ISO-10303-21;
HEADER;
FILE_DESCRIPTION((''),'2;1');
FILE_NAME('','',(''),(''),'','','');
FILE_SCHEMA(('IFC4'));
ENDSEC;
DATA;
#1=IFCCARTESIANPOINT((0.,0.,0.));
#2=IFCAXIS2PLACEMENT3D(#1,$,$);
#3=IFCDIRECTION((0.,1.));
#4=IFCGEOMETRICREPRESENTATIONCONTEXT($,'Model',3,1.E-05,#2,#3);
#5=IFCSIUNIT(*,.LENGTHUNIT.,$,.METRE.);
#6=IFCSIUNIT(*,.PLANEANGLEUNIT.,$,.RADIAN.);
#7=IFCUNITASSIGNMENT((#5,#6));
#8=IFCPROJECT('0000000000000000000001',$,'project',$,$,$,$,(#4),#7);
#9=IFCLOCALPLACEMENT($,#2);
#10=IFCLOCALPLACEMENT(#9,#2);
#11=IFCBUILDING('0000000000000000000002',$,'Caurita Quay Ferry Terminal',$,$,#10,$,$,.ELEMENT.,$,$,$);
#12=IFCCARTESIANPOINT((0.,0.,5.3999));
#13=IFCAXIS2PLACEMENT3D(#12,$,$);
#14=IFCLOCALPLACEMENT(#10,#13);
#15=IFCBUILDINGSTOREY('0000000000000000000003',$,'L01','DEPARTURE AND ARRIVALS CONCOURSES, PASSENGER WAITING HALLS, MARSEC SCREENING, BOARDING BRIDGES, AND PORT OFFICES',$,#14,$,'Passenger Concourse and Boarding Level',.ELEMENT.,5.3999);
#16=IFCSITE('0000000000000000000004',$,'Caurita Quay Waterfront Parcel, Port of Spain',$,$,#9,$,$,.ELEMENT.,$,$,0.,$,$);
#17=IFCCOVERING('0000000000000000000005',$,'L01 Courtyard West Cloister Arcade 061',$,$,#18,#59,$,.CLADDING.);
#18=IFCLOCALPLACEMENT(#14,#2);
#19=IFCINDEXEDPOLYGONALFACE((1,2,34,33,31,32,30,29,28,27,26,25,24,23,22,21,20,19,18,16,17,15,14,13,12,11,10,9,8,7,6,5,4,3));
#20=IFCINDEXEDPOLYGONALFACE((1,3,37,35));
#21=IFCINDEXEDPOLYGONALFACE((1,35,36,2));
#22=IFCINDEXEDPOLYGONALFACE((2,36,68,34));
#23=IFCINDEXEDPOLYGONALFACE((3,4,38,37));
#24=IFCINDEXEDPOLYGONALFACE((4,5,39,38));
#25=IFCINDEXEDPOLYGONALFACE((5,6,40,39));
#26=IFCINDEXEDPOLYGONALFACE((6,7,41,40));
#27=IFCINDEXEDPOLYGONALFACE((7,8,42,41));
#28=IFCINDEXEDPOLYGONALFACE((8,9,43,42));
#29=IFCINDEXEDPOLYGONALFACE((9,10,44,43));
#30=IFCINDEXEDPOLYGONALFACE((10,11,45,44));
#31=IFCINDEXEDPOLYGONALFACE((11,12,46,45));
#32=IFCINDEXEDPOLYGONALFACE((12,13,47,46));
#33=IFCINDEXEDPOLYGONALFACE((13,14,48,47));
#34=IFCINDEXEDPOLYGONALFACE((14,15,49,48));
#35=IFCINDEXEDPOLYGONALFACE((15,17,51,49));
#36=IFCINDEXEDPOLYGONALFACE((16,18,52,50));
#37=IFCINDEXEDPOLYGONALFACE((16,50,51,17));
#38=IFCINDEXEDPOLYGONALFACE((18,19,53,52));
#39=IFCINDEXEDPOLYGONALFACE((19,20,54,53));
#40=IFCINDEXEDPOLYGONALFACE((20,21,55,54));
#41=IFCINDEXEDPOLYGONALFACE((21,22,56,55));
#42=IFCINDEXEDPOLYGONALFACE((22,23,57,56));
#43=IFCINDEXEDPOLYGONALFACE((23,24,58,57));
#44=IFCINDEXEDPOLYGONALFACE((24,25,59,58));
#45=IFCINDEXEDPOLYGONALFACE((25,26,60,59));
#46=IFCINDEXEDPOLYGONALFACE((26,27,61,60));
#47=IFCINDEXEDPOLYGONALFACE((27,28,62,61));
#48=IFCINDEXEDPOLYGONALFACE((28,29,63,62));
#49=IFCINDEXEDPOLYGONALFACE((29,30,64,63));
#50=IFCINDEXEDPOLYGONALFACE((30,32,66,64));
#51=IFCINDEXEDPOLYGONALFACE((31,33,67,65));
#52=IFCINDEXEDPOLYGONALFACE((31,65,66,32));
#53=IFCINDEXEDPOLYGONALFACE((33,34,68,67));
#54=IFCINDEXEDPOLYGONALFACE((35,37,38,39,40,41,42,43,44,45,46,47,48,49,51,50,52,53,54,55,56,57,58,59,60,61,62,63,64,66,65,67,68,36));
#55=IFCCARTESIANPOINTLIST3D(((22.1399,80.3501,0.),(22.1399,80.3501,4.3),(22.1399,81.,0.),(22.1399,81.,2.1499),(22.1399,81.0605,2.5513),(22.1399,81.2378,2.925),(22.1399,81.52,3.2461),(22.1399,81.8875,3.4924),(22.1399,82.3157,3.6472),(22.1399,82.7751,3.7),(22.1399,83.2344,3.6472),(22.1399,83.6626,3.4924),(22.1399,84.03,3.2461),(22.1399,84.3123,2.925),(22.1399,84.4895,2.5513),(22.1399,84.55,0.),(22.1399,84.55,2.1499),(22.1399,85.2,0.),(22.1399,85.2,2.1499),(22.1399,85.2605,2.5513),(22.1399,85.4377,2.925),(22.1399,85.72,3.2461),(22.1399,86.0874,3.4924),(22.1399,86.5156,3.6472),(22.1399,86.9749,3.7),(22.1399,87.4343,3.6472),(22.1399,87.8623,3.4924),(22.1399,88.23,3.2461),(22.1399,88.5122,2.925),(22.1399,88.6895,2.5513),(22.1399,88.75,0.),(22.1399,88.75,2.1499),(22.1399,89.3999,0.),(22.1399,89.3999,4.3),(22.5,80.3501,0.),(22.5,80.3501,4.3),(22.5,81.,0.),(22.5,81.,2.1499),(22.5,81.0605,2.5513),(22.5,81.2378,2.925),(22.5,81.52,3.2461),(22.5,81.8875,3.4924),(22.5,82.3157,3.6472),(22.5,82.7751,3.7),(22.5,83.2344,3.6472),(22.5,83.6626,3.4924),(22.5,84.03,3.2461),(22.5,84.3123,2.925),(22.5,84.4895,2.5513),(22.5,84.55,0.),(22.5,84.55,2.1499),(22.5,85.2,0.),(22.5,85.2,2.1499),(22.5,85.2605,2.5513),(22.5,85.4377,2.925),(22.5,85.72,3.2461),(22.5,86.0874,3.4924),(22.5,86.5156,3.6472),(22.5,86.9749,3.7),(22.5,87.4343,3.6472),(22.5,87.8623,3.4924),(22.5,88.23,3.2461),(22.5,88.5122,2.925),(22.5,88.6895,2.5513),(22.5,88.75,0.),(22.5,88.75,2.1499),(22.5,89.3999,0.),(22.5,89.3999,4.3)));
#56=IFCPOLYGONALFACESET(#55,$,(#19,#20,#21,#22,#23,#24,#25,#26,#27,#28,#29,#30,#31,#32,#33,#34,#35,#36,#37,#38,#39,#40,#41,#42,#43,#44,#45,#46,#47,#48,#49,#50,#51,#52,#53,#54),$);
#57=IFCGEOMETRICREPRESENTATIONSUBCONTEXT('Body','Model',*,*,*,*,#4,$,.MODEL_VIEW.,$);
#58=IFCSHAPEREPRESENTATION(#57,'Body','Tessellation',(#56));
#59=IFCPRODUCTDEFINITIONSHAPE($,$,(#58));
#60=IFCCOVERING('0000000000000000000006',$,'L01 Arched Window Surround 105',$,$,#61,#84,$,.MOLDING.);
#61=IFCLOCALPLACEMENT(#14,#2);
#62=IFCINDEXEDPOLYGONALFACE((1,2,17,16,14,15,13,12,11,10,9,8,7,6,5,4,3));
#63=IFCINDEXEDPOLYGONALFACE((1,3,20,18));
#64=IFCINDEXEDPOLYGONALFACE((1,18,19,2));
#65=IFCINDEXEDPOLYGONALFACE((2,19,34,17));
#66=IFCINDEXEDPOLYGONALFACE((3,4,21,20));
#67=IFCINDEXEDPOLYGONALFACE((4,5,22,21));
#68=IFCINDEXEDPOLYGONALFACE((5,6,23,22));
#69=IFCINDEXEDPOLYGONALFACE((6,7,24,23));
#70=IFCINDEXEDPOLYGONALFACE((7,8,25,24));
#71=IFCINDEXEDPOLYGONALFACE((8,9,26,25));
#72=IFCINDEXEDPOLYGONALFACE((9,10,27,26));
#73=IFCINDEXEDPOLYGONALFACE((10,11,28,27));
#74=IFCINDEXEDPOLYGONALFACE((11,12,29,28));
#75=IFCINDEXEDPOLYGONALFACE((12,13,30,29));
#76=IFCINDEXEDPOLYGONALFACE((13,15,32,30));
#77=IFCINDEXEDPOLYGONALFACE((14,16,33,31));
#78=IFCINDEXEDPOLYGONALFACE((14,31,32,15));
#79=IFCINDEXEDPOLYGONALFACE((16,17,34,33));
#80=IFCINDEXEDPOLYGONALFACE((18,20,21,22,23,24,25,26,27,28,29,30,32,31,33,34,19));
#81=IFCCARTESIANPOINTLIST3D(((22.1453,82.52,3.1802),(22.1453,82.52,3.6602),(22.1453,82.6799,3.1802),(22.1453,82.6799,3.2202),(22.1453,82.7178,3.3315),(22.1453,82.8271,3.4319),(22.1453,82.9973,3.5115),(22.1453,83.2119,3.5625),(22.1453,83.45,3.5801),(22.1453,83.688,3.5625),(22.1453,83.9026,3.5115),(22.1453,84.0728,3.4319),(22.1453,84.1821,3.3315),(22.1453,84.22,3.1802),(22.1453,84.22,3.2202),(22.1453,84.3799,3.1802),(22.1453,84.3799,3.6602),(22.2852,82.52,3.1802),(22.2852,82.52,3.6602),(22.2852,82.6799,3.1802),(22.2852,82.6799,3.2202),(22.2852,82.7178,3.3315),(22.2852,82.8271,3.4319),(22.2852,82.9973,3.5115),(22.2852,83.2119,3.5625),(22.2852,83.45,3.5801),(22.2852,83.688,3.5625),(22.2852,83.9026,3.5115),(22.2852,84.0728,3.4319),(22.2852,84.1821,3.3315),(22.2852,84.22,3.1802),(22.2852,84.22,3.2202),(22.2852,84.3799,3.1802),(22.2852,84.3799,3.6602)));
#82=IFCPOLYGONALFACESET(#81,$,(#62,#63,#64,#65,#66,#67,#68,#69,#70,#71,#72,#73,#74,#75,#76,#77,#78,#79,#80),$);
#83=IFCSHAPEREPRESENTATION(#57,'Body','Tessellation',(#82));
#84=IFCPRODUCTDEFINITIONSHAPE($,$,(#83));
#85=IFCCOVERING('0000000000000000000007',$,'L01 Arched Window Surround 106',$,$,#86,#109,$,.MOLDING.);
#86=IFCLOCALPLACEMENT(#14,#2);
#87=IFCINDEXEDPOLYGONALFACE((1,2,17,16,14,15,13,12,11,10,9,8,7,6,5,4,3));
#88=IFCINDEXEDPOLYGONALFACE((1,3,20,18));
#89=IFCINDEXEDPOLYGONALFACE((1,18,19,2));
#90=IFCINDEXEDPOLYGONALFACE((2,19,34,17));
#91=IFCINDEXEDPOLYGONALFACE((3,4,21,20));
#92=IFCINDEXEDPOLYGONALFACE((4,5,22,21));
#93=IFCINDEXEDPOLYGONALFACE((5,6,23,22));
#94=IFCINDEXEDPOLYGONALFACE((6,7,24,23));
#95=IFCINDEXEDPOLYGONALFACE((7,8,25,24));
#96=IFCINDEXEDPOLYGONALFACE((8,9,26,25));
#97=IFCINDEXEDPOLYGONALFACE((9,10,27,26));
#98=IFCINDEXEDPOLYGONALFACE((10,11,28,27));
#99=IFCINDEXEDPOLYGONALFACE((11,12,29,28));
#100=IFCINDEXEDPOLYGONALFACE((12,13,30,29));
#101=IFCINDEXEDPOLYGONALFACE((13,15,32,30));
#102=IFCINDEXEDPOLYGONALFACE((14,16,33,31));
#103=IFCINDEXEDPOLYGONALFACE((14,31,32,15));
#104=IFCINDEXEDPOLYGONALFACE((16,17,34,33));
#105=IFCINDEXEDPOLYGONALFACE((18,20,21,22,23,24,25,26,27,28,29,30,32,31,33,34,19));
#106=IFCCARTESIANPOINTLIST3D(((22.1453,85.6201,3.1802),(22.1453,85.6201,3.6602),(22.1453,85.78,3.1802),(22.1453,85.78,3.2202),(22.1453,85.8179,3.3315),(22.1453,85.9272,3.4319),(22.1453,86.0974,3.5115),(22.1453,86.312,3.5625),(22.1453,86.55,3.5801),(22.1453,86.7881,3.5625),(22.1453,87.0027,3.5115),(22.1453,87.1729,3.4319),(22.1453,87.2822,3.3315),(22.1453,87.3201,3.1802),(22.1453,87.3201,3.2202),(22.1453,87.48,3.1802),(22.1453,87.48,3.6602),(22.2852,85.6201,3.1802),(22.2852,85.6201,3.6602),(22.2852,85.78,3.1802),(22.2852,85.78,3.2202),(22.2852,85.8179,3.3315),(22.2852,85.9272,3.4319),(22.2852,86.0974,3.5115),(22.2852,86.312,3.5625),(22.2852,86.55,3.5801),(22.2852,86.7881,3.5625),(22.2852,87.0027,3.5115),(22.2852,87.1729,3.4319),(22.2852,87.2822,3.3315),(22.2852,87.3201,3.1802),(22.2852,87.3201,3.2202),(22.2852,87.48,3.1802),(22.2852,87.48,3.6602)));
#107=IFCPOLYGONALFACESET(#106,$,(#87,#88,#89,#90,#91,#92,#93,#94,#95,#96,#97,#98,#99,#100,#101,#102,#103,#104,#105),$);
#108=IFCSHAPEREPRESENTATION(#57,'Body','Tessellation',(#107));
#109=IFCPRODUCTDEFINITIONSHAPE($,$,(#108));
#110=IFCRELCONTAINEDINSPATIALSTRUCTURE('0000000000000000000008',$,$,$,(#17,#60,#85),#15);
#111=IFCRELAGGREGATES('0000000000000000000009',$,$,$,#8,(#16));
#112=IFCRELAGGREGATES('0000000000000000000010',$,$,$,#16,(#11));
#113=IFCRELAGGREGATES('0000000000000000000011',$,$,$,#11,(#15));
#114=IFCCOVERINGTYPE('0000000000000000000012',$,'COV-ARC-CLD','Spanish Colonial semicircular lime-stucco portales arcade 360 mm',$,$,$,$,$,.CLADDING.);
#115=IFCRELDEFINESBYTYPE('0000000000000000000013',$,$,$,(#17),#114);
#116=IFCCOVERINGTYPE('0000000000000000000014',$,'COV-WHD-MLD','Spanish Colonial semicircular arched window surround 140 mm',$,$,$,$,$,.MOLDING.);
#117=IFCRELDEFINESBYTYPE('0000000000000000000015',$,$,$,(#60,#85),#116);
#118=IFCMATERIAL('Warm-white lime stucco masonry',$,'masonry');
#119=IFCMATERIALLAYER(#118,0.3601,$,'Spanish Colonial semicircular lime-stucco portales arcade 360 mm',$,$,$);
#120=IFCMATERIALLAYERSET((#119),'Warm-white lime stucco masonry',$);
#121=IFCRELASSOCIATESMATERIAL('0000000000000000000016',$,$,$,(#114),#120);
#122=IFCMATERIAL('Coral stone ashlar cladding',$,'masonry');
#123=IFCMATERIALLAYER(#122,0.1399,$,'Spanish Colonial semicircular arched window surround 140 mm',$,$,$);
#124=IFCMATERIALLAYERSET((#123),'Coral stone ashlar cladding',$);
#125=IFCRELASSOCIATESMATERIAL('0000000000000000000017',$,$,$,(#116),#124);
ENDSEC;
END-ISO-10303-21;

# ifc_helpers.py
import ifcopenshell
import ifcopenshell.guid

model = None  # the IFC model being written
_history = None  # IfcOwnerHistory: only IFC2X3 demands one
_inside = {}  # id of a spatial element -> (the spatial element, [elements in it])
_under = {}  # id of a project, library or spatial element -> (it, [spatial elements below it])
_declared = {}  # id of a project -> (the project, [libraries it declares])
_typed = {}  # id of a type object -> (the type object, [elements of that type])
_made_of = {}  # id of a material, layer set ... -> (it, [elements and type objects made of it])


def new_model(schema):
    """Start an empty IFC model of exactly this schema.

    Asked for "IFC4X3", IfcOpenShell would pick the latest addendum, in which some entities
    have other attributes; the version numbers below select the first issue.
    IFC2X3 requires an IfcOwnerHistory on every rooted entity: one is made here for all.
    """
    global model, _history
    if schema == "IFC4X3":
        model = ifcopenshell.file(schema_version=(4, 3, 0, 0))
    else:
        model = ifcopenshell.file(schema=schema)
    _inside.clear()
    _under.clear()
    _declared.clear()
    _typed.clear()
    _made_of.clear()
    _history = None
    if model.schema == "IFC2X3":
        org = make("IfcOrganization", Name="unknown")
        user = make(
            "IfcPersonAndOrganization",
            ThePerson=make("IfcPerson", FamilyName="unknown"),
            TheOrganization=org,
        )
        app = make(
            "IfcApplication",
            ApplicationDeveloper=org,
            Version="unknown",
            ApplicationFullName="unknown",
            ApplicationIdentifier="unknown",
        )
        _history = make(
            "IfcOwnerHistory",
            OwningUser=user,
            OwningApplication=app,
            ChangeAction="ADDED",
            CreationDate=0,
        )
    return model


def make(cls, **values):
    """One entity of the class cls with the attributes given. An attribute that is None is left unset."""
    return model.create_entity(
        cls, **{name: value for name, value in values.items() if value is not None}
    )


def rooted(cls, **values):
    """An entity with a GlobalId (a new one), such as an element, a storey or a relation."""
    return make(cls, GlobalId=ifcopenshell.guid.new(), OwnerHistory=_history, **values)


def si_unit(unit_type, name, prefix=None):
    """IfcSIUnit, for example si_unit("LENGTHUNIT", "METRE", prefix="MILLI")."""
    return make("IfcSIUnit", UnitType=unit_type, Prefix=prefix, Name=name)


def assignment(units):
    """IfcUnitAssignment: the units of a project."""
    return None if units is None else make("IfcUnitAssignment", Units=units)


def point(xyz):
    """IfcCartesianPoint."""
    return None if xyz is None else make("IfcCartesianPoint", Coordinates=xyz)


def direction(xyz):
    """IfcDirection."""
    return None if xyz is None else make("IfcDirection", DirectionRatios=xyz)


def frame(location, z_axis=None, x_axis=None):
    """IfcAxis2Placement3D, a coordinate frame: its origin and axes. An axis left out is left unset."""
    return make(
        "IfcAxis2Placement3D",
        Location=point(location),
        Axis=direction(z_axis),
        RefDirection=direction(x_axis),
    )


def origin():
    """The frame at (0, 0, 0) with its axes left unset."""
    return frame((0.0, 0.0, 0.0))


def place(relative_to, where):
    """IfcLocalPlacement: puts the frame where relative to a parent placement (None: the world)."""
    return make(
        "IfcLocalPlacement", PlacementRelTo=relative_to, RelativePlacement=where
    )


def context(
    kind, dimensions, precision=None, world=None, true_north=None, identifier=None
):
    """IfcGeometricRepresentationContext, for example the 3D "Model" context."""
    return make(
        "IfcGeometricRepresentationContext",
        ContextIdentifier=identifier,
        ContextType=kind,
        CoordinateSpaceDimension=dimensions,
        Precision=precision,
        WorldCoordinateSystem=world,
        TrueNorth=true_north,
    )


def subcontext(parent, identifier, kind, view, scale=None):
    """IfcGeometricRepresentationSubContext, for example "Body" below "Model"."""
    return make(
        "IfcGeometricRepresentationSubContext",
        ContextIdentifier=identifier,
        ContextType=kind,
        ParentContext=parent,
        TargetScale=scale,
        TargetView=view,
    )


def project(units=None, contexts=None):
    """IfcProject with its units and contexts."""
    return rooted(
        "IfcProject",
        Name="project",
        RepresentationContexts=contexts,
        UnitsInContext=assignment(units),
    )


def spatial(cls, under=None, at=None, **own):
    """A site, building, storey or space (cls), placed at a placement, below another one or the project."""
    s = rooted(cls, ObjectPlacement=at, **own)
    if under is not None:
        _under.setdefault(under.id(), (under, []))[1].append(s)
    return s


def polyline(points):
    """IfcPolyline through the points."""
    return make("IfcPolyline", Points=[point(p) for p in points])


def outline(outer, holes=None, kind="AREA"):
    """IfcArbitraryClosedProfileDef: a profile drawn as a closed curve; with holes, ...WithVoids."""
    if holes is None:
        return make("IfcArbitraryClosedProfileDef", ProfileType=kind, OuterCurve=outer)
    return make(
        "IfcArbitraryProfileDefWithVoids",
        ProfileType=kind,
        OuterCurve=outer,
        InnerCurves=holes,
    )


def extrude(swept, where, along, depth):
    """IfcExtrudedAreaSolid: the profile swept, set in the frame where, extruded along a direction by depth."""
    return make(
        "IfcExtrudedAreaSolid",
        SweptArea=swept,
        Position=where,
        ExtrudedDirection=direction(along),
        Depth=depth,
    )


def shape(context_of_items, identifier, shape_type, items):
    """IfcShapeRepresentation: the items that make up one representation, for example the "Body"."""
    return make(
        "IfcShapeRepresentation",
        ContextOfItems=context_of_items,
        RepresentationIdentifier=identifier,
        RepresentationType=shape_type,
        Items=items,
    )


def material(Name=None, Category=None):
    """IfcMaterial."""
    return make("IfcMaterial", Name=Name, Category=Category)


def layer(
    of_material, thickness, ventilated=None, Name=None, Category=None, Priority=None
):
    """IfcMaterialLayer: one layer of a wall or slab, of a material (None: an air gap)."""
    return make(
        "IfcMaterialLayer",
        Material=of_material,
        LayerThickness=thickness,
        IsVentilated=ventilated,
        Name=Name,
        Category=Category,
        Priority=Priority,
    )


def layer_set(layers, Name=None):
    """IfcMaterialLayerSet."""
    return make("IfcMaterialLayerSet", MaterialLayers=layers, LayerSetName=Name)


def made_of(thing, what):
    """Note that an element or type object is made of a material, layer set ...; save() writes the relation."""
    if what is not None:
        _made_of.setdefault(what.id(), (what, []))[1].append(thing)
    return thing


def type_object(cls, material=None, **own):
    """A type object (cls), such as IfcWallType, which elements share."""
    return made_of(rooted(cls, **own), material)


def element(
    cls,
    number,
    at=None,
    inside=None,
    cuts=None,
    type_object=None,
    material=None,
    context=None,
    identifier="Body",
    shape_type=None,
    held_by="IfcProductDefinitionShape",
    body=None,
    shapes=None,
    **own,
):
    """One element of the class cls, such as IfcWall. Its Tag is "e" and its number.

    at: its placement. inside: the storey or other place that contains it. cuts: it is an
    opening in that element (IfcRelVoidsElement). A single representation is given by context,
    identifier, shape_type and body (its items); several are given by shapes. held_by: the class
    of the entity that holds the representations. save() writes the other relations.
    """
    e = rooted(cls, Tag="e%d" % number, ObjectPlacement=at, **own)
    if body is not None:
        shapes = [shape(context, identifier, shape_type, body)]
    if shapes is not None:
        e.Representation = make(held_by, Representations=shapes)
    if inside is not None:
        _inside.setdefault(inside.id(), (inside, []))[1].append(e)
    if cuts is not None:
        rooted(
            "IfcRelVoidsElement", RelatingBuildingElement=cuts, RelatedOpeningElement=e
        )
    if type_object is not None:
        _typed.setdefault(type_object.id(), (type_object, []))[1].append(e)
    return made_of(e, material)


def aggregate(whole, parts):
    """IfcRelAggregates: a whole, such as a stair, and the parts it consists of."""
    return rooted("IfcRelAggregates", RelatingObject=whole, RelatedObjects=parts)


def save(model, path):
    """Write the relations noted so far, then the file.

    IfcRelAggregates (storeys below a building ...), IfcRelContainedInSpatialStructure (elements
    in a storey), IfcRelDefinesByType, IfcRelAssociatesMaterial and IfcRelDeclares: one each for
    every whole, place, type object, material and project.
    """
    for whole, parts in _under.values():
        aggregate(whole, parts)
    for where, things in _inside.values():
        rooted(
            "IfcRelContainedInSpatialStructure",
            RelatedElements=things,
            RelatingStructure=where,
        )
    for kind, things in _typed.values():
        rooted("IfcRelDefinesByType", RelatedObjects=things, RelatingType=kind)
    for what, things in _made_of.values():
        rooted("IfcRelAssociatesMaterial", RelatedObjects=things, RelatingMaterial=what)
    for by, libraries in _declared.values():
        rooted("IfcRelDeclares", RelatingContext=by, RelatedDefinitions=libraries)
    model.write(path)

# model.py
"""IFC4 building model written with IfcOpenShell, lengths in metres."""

from ifc_helpers import new_model, si_unit, direction, frame, origin, place, context, subcontext, project, spatial, polyline, outline, extrude, material, layer, layer_set, type_object, element, save


model = new_model("IFC4")

# Units and contexts
model_context = context("Model", 3, precision=1e-05, world=origin(), true_north=direction((0.0, 1.0)))
body_context = subcontext(model_context, "Body", "Model", "MODEL_VIEW")
ifc_project = project(units=[si_unit("LENGTHUNIT", "METRE"), si_unit("PLANEANGLEUNIT", "RADIAN")], contexts=[model_context])

# Site, building, storey
site_placement = place(None, origin())
site = spatial("IfcSite", under=ifc_project, at=site_placement, Name="Caurita Quay Waterfront Parcel, Port of Spain", CompositionType="ELEMENT", RefElevation=0.0)
building_placement = place(site_placement, origin())
building = spatial("IfcBuilding", under=site, at=building_placement, Name="Caurita Quay Ferry Terminal", CompositionType="ELEMENT")
storey_placement = place(building_placement, frame((0.0, 0.0, 5.3999)))
storey = spatial("IfcBuildingStorey", under=building, at=storey_placement, Name="L01", Description="DEPARTURE AND ARRIVALS CONCOURSES, PASSENGER WAITING HALLS, MARSEC SCREENING, BOARDING BRIDGES, AND PORT OFFICES", LongName="Passenger Concourse and Boarding Level", CompositionType="ELEMENT", Elevation=5.3999)

# Coverings
ifc_material_1 = material(Name="Warm-white lime stucco masonry", Category="masonry")
ifc_layer_1 = layer(ifc_material_1, 0.3601, Name="Spanish Colonial semicircular lime-stucco portales arcade 360 mm")
ifc_layer_set_1 = layer_set([ifc_layer_1], Name="Warm-white lime stucco masonry")
covering_type_1 = type_object("IfcCoveringType", Name="COV-ARC-CLD", Description="Spanish Colonial semicircular lime-stucco portales arcade 360 mm", PredefinedType="CLADDING", material=ifc_layer_set_1)
covering_placement = place(storey_placement, frame((22.3201, 80.3501, 0.0), z_axis=(0.0, 0.0, 1.0), x_axis=(0.0, 1.0, 0.0)))
element("IfcCovering", 1, at=covering_placement, inside=storey, type_object=covering_type_1, Name="L01 Courtyard West Cloister Arcade 061", PredefinedType="CLADDING", context=body_context, shape_type="SweptSolid", body=[
    extrude(outline(polyline([(0.0, 0.0), (0.6499, 0.0), (0.6499, 2.1499), (0.7104, 2.5513), (0.8877, 2.925), (1.1699, 3.2461), (1.5374, 3.4924), (1.9656, 3.6472), (2.425, 3.7), (2.8843, 3.6472), (3.3125, 3.4924), (3.6799, 3.2461), (3.9622, 2.925), (4.1394, 2.5513), (4.2, 2.1499), (4.2, 0.0), (4.8499, 0.0), (4.8499, 2.1499), (4.9104, 2.5513), (5.0876, 2.925), (5.3699, 3.2461), (5.7373, 3.4924), (6.1655, 3.6472), (6.6248, 3.7), (7.0842, 3.6472), (7.5122, 3.4924), (7.8799, 3.2461), (8.1621, 2.925), (8.3394, 2.5513), (8.3999, 2.1499), (8.3999, 0.0), (9.0498, 0.0), (9.0498, 4.3), (0.0, 4.3), (0.0, 0.0)])), frame((0.0, 0.1802, 0.0), z_axis=(0.0, -1.0, 0.0), x_axis=(1.0, 0.0, 0.0)), (0.0, 0.0, 1.0), 0.3601),
])
ifc_material_2 = material(Name="Coral stone ashlar cladding", Category="masonry")
ifc_layer_2 = layer(ifc_material_2, 0.1399, Name="Spanish Colonial semicircular arched window surround 140 mm")
ifc_layer_set_2 = layer_set([ifc_layer_2], Name="Coral stone ashlar cladding")
covering_type_2 = type_object("IfcCoveringType", Name="COV-WHD-MLD", Description="Spanish Colonial semicircular arched window surround 140 mm", PredefinedType="MOLDING", material=ifc_layer_set_2)
for number, where, z_axis, x_axis, name in (
    (2, (22.2151, 82.52, 3.1802), (0.0, 0.0, 1.0), (0.0, 1.0, 0.0), "L01 Arched Window Surround 105"),
    (3, (22.2151, 85.6201, 3.1802), (0.0, 0.0, 1.0), (0.0, 1.0, 0.0), "L01 Arched Window Surround 106"),
):
    element("IfcCovering", number, at=place(storey_placement, frame(where, z_axis=z_axis, x_axis=x_axis)), inside=storey, type_object=covering_type_2, Name=name, PredefinedType="MOLDING", context=body_context, shape_type="SweptSolid", body=[
        extrude(outline(polyline([(0.0, 0.0), (0.1599, 0.0), (0.1599, 0.04), (0.1978, 0.1514), (0.3071, 0.2517), (0.4773, 0.3313), (0.6919, 0.3823), (0.9299, 0.3999), (1.168, 0.3823), (1.3826, 0.3313), (1.5527, 0.2517), (1.6621, 0.1514), (1.7, 0.04), (1.7, 0.0), (1.8599, 0.0), (1.8599, 0.48), (0.0, 0.48), (0.0, 0.0)])), frame((0.0, 0.0698, 0.0), z_axis=(0.0, -1.0, 0.0), x_axis=(1.0, 0.0, 0.0)), (0.0, 0.0, 1.0), 0.1399),
    ])

save(model, "model.ifc")
